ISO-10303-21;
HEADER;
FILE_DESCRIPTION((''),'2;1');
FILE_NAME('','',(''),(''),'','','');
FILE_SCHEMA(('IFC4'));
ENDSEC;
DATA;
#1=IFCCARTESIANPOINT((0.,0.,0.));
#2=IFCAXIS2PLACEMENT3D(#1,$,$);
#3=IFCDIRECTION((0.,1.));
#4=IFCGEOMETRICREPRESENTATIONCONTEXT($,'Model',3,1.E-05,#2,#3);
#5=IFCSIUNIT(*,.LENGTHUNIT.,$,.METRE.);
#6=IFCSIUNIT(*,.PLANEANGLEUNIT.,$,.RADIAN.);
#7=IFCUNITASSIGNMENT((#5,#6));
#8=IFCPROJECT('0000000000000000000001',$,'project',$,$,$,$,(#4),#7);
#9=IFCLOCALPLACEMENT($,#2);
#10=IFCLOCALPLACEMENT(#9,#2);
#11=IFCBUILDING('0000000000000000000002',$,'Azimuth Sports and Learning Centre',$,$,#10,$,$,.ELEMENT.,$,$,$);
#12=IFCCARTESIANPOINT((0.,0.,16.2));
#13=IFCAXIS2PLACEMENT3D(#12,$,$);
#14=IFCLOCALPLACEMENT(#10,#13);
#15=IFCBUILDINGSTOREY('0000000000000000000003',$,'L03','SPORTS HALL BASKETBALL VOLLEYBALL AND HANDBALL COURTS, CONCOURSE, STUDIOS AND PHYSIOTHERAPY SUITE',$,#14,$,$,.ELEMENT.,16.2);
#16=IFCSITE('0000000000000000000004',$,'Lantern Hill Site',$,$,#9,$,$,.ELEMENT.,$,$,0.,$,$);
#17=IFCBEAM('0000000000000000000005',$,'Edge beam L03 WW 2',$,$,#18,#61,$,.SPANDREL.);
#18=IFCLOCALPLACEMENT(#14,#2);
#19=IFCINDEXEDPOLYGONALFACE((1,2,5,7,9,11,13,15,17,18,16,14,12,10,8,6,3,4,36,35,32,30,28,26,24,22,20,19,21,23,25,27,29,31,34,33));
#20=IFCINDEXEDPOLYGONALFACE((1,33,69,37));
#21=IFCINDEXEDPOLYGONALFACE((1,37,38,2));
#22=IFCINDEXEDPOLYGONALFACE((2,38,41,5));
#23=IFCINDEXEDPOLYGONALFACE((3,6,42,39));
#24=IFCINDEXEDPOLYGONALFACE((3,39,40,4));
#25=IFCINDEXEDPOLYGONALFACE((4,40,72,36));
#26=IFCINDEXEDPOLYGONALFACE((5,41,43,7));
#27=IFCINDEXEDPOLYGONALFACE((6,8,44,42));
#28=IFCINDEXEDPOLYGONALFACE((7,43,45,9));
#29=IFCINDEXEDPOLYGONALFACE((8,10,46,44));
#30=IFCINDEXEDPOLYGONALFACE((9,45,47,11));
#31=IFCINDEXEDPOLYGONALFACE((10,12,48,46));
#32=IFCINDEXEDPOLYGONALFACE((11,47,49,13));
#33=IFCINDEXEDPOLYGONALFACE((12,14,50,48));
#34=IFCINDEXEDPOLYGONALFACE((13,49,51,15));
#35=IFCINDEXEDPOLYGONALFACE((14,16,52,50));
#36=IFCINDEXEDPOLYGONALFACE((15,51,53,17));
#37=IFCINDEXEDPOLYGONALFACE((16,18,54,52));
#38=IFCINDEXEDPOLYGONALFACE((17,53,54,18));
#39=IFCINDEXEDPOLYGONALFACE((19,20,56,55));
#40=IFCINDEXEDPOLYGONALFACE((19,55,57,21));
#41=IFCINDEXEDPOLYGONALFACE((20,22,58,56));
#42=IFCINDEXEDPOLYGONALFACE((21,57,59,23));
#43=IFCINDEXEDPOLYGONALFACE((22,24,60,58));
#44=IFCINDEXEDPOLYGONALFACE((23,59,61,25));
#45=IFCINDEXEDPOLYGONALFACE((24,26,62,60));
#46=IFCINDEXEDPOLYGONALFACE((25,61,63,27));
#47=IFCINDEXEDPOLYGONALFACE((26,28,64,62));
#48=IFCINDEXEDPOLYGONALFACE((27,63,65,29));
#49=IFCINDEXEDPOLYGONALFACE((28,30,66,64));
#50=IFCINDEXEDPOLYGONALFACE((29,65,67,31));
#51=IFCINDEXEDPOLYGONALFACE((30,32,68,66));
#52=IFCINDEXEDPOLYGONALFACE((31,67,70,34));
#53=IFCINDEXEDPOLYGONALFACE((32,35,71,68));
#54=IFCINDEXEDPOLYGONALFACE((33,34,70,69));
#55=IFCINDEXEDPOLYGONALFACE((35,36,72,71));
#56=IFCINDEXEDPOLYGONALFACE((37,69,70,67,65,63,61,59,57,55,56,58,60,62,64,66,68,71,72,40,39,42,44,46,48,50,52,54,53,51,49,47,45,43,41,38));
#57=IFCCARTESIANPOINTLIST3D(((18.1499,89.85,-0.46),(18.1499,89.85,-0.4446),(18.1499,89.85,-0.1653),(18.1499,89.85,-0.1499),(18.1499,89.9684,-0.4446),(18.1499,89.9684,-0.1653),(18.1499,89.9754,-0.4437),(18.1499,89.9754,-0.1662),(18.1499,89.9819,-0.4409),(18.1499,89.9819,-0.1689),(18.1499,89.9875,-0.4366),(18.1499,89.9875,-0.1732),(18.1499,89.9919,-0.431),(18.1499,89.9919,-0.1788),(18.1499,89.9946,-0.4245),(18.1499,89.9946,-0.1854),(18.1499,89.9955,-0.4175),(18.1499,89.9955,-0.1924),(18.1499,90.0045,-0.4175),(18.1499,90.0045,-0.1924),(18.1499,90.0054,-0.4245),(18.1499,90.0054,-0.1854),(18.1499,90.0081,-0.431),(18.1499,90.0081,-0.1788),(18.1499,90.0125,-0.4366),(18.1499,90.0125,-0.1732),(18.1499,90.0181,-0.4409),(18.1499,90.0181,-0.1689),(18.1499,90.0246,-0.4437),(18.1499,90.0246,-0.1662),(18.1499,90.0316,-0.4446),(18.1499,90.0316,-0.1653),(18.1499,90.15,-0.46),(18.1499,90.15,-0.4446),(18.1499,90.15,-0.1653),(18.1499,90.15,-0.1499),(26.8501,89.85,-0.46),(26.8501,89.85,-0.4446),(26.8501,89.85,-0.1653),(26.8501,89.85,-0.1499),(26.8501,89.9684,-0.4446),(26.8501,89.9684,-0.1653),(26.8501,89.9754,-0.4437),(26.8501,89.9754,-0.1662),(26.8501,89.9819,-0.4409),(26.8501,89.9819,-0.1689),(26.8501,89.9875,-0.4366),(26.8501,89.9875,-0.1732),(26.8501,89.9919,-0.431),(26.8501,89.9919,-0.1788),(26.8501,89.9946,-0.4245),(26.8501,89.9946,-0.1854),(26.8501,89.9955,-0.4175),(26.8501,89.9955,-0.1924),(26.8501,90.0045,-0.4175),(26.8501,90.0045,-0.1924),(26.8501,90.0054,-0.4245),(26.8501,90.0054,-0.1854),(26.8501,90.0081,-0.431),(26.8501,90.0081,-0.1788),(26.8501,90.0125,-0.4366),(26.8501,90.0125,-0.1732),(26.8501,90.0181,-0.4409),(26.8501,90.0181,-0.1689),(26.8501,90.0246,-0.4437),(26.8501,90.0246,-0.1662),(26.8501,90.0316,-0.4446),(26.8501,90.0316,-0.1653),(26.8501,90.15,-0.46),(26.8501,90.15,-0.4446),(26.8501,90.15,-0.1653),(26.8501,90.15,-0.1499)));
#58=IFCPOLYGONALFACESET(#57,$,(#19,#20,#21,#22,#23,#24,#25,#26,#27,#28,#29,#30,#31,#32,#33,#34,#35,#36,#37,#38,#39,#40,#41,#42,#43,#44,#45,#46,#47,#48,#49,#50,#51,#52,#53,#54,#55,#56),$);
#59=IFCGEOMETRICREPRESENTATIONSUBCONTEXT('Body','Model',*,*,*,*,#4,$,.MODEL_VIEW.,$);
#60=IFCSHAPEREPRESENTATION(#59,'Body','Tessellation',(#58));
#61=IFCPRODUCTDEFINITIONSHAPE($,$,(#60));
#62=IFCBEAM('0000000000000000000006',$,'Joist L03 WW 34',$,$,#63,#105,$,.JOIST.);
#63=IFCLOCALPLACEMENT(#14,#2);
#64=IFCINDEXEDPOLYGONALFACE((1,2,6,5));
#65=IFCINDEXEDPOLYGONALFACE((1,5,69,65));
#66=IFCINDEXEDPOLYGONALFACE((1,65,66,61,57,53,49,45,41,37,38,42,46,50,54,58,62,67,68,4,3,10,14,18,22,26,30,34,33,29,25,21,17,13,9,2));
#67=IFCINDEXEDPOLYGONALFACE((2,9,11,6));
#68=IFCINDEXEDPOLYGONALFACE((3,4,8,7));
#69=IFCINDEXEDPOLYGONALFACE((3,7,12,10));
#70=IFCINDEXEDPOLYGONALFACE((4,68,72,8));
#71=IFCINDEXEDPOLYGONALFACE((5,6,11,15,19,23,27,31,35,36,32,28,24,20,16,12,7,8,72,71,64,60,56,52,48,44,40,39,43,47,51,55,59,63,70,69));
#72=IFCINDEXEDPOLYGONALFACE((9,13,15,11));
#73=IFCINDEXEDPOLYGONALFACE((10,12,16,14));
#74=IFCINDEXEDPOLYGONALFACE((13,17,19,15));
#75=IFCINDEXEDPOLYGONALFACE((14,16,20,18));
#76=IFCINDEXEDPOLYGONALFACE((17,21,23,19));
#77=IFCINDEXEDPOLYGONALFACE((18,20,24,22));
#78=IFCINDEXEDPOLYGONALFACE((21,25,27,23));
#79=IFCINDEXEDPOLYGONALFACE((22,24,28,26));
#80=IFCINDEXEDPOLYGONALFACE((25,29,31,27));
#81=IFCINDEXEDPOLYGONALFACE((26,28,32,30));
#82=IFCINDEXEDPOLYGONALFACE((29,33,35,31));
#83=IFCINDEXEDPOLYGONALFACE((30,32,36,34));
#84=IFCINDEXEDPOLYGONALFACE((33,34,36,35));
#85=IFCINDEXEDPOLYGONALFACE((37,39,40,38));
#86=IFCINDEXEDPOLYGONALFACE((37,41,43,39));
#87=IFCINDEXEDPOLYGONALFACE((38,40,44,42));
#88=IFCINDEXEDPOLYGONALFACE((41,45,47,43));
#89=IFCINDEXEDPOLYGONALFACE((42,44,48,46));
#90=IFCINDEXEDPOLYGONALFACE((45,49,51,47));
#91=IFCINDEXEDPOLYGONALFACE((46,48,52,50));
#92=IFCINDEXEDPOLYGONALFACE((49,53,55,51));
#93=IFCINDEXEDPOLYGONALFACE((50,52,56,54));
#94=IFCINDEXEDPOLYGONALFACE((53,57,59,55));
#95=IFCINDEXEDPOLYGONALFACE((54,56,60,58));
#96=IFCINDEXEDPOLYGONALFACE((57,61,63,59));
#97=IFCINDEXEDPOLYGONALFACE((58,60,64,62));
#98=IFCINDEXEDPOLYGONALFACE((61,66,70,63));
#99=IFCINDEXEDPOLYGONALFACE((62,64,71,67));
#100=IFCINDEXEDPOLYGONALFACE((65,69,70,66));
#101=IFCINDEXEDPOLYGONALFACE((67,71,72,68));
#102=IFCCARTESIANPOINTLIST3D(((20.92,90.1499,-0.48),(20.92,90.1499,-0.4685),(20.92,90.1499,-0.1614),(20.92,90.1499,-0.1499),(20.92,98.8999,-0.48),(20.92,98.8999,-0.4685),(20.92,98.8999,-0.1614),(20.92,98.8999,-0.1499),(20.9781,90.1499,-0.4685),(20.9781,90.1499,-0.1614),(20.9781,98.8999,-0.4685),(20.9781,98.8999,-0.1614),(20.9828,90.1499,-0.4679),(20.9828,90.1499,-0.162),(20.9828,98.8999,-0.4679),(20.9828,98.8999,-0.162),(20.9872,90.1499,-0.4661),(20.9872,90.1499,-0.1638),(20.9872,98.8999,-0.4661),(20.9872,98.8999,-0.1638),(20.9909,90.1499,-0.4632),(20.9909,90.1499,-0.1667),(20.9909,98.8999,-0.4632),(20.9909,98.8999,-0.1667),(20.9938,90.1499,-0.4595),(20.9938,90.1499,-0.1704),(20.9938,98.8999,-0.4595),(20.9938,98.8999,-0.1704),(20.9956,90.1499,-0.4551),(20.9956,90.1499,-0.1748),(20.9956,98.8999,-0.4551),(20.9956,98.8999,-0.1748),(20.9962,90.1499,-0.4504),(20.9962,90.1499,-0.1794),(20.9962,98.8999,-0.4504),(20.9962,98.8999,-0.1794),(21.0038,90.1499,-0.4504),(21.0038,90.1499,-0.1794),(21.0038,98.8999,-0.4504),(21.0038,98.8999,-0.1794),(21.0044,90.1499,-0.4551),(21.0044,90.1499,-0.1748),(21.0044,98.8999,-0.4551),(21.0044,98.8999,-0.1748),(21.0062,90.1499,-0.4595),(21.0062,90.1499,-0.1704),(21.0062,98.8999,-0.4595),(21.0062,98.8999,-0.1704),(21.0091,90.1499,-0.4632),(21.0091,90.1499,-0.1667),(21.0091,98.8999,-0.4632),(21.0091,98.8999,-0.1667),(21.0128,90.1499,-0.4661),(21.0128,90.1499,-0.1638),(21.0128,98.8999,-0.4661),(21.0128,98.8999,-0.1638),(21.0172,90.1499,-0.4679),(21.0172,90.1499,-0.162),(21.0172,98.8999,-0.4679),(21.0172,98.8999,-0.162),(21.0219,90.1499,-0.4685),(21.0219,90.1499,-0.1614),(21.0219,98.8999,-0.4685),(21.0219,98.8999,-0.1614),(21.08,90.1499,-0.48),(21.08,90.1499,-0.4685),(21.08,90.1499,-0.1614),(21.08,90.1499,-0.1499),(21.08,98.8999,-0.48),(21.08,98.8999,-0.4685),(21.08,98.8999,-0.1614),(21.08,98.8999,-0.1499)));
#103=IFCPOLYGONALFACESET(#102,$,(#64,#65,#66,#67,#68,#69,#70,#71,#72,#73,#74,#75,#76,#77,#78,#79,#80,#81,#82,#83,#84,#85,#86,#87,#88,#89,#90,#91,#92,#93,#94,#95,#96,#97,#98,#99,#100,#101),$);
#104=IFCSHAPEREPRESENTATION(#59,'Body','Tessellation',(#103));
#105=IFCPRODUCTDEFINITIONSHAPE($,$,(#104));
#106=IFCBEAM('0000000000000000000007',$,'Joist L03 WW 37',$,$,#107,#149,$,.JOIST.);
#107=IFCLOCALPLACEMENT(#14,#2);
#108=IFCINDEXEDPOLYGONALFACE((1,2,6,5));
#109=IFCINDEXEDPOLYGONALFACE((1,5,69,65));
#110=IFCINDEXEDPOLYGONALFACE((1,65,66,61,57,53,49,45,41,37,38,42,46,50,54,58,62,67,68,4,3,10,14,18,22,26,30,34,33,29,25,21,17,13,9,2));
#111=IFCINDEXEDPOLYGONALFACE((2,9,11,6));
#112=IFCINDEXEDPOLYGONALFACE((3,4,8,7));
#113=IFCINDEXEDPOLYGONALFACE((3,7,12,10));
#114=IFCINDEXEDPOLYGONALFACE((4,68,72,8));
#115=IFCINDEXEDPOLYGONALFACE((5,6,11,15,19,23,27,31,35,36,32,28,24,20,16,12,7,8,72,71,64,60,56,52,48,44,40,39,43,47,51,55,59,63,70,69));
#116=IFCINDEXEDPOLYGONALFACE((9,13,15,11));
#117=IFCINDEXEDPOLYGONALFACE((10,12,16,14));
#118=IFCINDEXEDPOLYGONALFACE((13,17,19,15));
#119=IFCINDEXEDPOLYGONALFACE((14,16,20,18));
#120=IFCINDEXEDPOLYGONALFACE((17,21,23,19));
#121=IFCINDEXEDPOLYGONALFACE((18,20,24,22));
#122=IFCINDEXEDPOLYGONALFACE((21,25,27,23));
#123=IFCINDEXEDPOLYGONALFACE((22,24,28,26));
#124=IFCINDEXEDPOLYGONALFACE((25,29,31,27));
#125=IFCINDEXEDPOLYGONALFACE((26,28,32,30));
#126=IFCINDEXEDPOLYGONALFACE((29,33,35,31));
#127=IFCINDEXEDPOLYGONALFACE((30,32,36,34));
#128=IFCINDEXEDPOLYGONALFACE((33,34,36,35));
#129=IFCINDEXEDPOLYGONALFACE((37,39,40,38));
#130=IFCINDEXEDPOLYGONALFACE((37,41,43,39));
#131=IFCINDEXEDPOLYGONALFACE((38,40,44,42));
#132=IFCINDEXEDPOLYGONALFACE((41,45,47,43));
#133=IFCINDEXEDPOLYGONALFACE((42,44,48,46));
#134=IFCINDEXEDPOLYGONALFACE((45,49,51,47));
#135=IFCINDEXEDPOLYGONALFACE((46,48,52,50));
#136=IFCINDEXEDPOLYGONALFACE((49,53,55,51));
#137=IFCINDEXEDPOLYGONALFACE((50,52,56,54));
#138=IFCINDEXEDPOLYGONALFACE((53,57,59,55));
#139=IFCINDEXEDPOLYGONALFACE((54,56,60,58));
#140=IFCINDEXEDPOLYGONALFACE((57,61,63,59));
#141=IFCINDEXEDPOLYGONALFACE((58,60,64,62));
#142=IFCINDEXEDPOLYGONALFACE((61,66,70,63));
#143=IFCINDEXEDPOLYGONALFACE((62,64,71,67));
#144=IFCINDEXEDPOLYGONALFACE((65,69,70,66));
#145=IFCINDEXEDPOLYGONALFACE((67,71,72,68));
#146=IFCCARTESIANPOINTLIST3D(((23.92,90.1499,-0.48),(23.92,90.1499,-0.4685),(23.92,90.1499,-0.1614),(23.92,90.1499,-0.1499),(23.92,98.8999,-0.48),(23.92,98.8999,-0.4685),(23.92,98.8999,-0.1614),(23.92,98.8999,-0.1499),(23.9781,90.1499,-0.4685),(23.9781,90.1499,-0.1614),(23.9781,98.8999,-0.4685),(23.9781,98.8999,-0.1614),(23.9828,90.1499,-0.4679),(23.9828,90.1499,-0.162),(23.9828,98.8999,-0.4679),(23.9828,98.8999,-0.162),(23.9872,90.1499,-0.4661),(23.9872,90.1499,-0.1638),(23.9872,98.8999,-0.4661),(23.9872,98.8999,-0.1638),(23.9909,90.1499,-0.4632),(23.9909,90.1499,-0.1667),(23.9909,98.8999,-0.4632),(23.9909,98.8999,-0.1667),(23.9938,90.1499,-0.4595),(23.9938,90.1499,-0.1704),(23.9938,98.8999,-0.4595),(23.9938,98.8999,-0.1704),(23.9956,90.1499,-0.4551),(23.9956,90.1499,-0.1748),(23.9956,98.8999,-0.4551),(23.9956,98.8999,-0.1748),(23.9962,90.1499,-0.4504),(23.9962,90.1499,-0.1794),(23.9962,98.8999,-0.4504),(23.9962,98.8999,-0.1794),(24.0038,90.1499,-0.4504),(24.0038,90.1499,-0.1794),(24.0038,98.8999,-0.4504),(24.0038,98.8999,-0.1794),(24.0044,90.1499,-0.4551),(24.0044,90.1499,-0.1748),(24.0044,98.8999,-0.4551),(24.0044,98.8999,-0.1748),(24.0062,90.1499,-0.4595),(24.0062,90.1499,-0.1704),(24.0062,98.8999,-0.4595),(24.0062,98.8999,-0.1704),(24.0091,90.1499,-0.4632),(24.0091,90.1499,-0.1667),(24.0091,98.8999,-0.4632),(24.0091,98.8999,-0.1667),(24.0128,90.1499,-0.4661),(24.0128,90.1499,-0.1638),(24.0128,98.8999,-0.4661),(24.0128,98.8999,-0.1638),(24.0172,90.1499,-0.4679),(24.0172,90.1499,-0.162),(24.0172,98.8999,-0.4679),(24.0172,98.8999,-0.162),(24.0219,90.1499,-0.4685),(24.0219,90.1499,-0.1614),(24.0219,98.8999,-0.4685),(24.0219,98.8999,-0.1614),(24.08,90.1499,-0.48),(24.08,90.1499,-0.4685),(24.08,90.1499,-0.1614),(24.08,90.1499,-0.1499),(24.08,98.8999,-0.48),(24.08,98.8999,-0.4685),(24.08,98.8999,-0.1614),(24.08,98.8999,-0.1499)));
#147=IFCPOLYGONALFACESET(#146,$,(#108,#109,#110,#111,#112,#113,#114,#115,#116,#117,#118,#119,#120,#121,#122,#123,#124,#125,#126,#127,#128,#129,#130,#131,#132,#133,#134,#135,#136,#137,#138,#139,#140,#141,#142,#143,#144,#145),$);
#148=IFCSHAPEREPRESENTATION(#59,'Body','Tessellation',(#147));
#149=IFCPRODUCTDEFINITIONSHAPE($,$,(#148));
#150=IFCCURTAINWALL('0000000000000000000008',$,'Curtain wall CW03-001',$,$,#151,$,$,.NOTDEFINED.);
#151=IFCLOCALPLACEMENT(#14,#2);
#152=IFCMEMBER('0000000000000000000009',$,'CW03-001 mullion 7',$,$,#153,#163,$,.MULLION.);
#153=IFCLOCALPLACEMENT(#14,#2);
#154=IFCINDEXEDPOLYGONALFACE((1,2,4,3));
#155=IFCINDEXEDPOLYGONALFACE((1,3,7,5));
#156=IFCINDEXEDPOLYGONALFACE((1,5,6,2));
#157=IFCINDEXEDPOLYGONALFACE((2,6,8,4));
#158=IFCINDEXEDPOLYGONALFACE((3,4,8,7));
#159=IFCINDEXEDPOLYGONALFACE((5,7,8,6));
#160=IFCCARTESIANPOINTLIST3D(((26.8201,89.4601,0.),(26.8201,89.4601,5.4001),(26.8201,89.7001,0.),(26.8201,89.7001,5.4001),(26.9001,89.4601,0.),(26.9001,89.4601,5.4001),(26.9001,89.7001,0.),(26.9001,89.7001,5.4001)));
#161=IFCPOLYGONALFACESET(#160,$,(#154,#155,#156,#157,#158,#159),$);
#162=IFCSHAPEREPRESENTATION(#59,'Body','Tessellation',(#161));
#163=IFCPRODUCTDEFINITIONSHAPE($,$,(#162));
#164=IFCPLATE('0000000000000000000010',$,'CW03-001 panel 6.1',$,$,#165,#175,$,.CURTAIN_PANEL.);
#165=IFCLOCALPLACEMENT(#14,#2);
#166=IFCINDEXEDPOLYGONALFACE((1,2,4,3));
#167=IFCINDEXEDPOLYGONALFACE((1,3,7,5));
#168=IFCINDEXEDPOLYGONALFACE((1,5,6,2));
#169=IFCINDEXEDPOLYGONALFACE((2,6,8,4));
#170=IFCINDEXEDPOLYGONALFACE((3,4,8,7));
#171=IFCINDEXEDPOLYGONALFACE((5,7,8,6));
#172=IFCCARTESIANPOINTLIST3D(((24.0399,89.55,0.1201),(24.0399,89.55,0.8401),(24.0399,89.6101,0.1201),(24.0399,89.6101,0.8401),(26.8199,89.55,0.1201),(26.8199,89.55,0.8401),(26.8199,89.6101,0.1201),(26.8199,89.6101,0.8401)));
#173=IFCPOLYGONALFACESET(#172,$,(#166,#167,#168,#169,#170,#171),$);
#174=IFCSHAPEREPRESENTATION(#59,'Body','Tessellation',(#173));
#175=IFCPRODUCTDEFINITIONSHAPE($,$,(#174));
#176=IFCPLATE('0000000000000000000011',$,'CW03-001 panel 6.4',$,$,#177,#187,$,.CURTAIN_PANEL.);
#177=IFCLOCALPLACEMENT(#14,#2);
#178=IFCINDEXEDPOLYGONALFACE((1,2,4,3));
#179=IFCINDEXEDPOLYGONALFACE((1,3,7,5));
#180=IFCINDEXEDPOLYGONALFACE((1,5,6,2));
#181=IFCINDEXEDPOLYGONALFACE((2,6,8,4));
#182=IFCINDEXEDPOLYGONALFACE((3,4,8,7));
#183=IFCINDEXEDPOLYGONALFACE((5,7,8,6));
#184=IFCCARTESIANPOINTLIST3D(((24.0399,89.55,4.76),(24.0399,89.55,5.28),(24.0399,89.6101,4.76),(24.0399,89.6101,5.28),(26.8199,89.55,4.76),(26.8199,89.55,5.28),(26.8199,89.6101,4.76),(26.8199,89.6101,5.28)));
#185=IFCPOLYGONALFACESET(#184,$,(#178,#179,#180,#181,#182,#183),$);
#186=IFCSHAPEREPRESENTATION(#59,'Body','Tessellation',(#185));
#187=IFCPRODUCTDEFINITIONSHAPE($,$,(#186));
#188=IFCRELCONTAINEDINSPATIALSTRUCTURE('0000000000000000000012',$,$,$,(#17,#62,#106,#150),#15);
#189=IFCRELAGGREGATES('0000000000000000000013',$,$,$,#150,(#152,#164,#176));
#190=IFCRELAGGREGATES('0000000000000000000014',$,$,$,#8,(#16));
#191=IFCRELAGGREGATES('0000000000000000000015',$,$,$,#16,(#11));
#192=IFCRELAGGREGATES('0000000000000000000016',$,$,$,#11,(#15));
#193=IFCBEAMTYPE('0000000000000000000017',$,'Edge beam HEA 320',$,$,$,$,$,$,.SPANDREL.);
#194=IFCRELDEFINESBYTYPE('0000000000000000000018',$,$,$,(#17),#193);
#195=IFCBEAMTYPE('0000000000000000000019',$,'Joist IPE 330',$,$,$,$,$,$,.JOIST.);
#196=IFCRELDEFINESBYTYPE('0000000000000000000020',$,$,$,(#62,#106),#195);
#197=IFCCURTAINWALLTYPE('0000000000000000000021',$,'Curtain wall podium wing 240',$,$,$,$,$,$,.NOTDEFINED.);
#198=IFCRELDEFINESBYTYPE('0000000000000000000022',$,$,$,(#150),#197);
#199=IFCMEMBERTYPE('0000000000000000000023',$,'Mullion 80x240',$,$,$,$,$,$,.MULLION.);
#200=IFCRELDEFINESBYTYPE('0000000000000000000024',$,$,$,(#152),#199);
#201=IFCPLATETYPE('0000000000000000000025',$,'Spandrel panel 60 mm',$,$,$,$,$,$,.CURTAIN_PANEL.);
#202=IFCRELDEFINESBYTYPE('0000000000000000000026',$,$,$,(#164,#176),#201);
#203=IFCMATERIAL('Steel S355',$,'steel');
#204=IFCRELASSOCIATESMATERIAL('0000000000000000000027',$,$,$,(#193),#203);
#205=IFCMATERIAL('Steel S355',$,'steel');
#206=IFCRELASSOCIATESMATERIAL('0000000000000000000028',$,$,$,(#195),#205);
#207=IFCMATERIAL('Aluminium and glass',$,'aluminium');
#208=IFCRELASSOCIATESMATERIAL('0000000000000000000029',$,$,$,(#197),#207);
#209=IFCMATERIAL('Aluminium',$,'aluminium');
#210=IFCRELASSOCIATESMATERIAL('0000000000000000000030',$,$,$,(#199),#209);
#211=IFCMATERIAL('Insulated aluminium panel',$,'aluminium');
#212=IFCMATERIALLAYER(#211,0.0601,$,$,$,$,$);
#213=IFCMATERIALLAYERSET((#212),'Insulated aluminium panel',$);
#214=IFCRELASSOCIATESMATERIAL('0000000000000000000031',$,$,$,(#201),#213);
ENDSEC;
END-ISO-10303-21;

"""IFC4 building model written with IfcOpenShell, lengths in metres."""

from ifc_helpers import new_model, si_unit, direction, frame, origin, origin_2d, place, context, subcontext, project, spatial, rectangle, i_section, extrude, material, layer, layer_set, material_profile, profile_set, type_object, element, aggregate, save


model = new_model("IFC4")

# Units and contexts
model_context = context("Model", 3, precision=1e-05, world=origin(), true_north=direction((0.0, 1.0)))
body_context = subcontext(model_context, "Body", "Model", "MODEL_VIEW")
ifc_project = project(units=[si_unit("LENGTHUNIT", "METRE"), si_unit("PLANEANGLEUNIT", "RADIAN")], contexts=[model_context])

# Site, building, storey
site_placement = place(None, origin())
site = spatial("IfcSite", under=ifc_project, at=site_placement, Name="Lantern Hill Site", CompositionType="ELEMENT", RefElevation=0.0)
building_placement = place(site_placement, origin())
building = spatial("IfcBuilding", under=site, at=building_placement, Name="Azimuth Sports and Learning Centre", CompositionType="ELEMENT")
storey_placement = place(building_placement, frame((0.0, 0.0, 16.2)))
storey = spatial("IfcBuildingStorey", under=building, at=storey_placement, Name="L03", Description="SPORTS HALL BASKETBALL VOLLEYBALL AND HANDBALL COURTS, CONCOURSE, STUDIOS AND PHYSIOTHERAPY SUITE", CompositionType="ELEMENT", Elevation=16.2)

# Beams
ifc_material_1 = material(Name="Steel S355", Category="steel")
ifc_material_profile_1 = material_profile(ifc_material_1, i_section(OverallWidth=0.3, OverallDepth=0.3101, WebThickness=0.009, FlangeThickness=0.0154, FilletRadius=0.0271, at=origin_2d()), Name="HEA 320")
ifc_profile_set_1 = profile_set([ifc_material_profile_1], Name="Steel S355")
beam_type_1 = type_object("IfcBeamType", Name="Edge beam HEA 320", PredefinedType="SPANDREL", material=ifc_profile_set_1)
beam_1_placement = place(storey_placement, frame((18.1499, 90.0, -0.3049), z_axis=(1.0, 0.0, 0.0), x_axis=(0.0, 1.0, 0.0)))
element("IfcBeam", 1, at=beam_1_placement, inside=storey, type_object=beam_type_1, Name="Edge beam L03 WW 2", PredefinedType="SPANDREL", context=body_context, shape_type="SweptSolid", body=[
    extrude(i_section(OverallWidth=0.3, OverallDepth=0.3101, WebThickness=0.009, FlangeThickness=0.0154, FilletRadius=0.0271, at=origin_2d()), origin(), (0.0, 0.0, 1.0), 8.7002),
])
ifc_material_2 = material(Name="Steel S355", Category="steel")
ifc_material_profile_2 = material_profile(ifc_material_2, i_section(OverallWidth=0.1599, OverallDepth=0.3301, WebThickness=0.0076, FlangeThickness=0.0115, FilletRadius=0.0181, at=origin_2d()), Name="IPE 330")
ifc_profile_set_2 = profile_set([ifc_material_profile_2], Name="Steel S355")
beam_type_2 = type_object("IfcBeamType", Name="Joist IPE 330", PredefinedType="JOIST", material=ifc_profile_set_2)
for number, where, z_axis, x_axis, name in (
    (2, (21.0, 90.1499, -0.3149), (0.0, 1.0, 0.0), (-1.0, 0.0, 0.0), "Joist L03 WW 34"),
    (3, (24.0, 90.1499, -0.3149), (0.0, 1.0, 0.0), (-1.0, 0.0, 0.0), "Joist L03 WW 37"),
):
    element("IfcBeam", number, at=place(storey_placement, frame(where, z_axis=z_axis, x_axis=x_axis)), inside=storey, type_object=beam_type_2, Name=name, PredefinedType="JOIST", context=body_context, shape_type="SweptSolid", body=[
        extrude(i_section(OverallWidth=0.1599, OverallDepth=0.3301, WebThickness=0.0076, FlangeThickness=0.0115, FilletRadius=0.0181, at=origin_2d()), origin(), (0.0, 0.0, 1.0), 8.75),
    ])

# Curtain wall, member, plates
ifc_material_3 = material(Name="Aluminium and glass", Category="aluminium")
curtain_wall_type = type_object("IfcCurtainWallType", Name="Curtain wall podium wing 240", PredefinedType="NOTDEFINED", material=ifc_material_3)
curtain_wall_placement = place(storey_placement, origin())
curtain_wall = element("IfcCurtainWall", 4, at=curtain_wall_placement, inside=storey, type_object=curtain_wall_type, Name="Curtain wall CW03-001", PredefinedType="NOTDEFINED")
ifc_material_4 = material(Name="Aluminium", Category="aluminium")
ifc_material_profile_3 = material_profile(ifc_material_4, rectangle(XDim=0.24, YDim=0.0801, at=origin_2d()), Name="Mullion 80x240")
ifc_profile_set_3 = profile_set([ifc_material_profile_3], Name="Aluminium")
member_type = type_object("IfcMemberType", Name="Mullion 80x240", PredefinedType="MULLION", material=ifc_profile_set_3)
member_placement = place(storey_placement, frame((26.8601, 89.5801, 0.0), z_axis=(0.0, 0.0, 1.0), x_axis=(0.0, 1.0, 0.0)))
member = element("IfcMember", 5, at=member_placement, type_object=member_type, Name="CW03-001 mullion 7", PredefinedType="MULLION", context=body_context, shape_type="SweptSolid", body=[
    extrude(rectangle(XDim=0.24, YDim=0.0801, at=origin_2d()), origin(), (0.0, 0.0, 1.0), 5.4001),
])
ifc_material_5 = material(Name="Insulated aluminium panel", Category="aluminium")
ifc_layer_1 = layer(ifc_material_5, 0.0601)
ifc_layer_set_1 = layer_set([ifc_layer_1], Name="Insulated aluminium panel")
plate_type_1 = type_object("IfcPlateType", Name="Spandrel panel 60 mm", PredefinedType="CURTAIN_PANEL", material=ifc_layer_set_1)
plate_1_placement = place(storey_placement, frame((25.4299, 89.5801, 0.1201), z_axis=(0.0, 0.0, 1.0), x_axis=(1.0, 0.0, 0.0)))
plate_1 = element("IfcPlate", 6, at=plate_1_placement, type_object=plate_type_1, Name="CW03-001 panel 6.1", PredefinedType="CURTAIN_PANEL", context=body_context, shape_type="SweptSolid", body=[
    extrude(rectangle(XDim=2.78, YDim=0.0601, at=origin_2d()), origin(), (0.0, 0.0, 1.0), 0.72),
])
plate_2_placement = place(storey_placement, frame((25.4299, 89.5801, 4.76), z_axis=(0.0, 0.0, 1.0), x_axis=(1.0, 0.0, 0.0)))
plate_2 = element("IfcPlate", 7, at=plate_2_placement, type_object=plate_type_1, Name="CW03-001 panel 6.4", PredefinedType="CURTAIN_PANEL", context=body_context, shape_type="SweptSolid", body=[
    extrude(rectangle(XDim=2.78, YDim=0.0601, at=origin_2d()), origin(), (0.0, 0.0, 1.0), 0.52),
])
aggregate(curtain_wall, [member, plate_1, plate_2])

save(model, "model.ifc")
